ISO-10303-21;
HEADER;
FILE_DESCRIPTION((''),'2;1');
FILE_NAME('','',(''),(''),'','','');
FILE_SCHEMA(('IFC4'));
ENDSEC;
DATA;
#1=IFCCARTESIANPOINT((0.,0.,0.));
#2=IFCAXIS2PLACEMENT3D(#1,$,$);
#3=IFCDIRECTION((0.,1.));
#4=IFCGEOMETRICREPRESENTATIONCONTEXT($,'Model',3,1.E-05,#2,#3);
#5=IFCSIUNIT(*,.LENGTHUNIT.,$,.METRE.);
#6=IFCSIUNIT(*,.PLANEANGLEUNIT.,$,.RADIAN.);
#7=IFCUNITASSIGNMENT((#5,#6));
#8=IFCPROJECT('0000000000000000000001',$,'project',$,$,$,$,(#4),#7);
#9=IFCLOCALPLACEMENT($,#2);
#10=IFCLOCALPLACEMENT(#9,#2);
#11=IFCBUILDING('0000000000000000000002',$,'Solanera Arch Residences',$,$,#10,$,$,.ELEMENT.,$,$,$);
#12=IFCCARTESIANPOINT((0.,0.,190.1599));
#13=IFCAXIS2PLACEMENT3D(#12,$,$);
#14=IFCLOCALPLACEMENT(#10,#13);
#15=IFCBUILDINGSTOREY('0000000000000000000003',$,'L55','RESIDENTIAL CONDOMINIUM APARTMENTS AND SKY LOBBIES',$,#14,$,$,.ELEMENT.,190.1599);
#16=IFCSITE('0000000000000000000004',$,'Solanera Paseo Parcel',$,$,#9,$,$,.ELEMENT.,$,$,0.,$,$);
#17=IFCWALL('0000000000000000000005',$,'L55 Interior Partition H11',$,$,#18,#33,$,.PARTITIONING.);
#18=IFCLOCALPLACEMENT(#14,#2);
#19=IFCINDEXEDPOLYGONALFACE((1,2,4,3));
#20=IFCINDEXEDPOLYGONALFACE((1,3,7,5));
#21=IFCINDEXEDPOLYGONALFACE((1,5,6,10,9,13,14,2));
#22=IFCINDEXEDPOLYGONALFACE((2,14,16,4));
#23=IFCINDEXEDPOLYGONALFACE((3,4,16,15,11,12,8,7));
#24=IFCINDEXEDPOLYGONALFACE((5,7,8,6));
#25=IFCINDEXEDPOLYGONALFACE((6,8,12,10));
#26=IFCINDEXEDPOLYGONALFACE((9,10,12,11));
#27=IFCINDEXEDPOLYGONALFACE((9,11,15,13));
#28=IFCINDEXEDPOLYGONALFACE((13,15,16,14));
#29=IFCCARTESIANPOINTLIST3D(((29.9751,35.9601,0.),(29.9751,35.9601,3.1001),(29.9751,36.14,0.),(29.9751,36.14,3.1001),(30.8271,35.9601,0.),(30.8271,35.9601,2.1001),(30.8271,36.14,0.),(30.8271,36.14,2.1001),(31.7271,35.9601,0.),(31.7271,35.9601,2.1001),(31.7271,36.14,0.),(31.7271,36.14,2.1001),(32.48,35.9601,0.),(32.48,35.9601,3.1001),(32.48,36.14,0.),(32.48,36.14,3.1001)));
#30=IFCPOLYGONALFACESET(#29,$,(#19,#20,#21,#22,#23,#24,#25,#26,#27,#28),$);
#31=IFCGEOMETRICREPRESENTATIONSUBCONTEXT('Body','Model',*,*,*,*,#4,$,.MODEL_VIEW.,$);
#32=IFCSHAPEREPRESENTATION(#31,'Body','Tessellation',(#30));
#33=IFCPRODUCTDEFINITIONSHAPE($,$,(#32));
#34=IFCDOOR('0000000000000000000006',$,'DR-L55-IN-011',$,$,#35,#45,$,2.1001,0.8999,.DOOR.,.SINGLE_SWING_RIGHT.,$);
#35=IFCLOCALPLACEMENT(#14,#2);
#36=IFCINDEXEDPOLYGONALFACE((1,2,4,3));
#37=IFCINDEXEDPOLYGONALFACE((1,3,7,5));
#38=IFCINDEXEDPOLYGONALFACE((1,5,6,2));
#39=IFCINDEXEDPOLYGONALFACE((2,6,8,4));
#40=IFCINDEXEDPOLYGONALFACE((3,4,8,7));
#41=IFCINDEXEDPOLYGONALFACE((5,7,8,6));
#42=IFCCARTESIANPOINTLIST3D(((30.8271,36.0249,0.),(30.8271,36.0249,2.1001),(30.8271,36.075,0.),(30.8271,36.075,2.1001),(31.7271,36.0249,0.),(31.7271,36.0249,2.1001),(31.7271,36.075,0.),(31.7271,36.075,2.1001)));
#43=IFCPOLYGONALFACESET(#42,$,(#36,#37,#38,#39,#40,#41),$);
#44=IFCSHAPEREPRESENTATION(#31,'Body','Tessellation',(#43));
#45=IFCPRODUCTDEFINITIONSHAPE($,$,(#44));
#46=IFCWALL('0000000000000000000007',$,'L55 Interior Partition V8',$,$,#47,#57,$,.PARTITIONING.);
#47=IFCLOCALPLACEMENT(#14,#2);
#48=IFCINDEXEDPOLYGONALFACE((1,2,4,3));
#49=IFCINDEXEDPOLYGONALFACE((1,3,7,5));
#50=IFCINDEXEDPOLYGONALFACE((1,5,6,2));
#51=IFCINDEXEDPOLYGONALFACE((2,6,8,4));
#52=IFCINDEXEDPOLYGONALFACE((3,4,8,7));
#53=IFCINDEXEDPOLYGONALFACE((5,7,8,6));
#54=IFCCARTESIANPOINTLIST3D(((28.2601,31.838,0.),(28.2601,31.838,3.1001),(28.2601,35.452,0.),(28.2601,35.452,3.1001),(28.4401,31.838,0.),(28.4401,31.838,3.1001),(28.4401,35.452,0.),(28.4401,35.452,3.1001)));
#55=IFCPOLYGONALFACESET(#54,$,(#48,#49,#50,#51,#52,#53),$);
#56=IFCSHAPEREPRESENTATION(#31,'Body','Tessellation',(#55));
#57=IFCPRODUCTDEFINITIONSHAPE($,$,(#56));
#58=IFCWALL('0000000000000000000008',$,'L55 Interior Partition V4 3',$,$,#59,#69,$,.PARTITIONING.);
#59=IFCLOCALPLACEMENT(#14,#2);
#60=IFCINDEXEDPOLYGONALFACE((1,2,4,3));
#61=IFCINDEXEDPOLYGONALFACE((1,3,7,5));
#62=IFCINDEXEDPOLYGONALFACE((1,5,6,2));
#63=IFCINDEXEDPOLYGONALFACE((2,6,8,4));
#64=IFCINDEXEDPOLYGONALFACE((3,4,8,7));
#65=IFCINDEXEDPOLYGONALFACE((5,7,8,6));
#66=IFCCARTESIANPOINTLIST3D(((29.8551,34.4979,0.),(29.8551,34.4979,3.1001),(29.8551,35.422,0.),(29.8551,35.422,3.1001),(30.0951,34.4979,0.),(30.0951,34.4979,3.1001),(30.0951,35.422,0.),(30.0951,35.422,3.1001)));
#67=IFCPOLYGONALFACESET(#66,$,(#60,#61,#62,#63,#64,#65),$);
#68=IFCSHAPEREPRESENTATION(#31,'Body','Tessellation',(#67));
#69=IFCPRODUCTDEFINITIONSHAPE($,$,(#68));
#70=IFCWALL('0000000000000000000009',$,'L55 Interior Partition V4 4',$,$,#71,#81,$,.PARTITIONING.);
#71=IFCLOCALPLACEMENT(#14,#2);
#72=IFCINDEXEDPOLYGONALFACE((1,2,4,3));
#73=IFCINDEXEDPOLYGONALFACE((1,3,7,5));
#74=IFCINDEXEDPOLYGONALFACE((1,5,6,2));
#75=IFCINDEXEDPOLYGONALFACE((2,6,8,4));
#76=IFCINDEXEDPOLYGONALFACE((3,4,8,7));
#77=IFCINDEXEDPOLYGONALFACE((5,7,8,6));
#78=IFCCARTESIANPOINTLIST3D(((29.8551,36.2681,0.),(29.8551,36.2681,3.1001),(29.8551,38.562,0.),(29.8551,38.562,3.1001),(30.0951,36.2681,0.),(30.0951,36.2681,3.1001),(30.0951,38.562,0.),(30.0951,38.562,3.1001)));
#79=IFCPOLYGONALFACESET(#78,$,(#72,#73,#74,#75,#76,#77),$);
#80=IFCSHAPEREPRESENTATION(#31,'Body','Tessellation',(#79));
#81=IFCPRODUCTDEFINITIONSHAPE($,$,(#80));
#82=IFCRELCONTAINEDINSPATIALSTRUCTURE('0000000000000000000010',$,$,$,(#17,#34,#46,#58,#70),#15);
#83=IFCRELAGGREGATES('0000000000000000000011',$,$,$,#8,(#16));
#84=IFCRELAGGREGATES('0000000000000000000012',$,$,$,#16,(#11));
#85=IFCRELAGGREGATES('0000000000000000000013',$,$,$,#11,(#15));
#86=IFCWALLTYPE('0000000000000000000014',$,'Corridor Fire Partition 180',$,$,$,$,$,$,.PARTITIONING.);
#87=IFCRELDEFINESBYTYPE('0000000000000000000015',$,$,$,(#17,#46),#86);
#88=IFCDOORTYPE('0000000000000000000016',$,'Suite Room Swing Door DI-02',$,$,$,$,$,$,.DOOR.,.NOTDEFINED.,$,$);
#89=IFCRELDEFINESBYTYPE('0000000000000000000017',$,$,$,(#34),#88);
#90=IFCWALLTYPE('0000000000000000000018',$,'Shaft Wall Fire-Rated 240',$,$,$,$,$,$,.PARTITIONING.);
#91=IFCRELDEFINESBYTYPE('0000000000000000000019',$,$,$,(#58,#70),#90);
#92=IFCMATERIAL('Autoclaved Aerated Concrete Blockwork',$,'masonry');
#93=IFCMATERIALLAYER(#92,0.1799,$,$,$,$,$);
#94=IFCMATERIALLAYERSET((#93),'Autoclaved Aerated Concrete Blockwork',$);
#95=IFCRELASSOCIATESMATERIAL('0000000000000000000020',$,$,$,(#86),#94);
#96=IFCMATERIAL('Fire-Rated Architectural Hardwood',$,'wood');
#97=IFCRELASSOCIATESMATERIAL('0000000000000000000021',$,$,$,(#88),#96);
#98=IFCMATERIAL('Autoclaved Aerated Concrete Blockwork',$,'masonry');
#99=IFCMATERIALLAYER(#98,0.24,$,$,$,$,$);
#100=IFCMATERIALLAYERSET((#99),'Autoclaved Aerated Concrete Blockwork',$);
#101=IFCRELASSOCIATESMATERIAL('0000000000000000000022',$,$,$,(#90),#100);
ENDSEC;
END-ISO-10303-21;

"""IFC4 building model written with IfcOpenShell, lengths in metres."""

from ifc_helpers import new_model, si_unit, direction, frame, frame_2d, origin, place, context, subcontext, project, spatial, rectangle, extrude, material, layer, layer_set, type_object, element, fill, save


model = new_model("IFC4")

# Units and contexts
model_context = context("Model", 3, precision=1e-05, world=origin(), true_north=direction((0.0, 1.0)))
body_context = subcontext(model_context, "Body", "Model", "MODEL_VIEW")
ifc_project = project(units=[si_unit("LENGTHUNIT", "METRE"), si_unit("PLANEANGLEUNIT", "RADIAN")], contexts=[model_context])

# Site, building, storey
site_placement = place(None, origin())
site = spatial("IfcSite", under=ifc_project, at=site_placement, Name="Solanera Paseo Parcel", CompositionType="ELEMENT", RefElevation=0.0)
building_placement = place(site_placement, origin())
building = spatial("IfcBuilding", under=site, at=building_placement, Name="Solanera Arch Residences", CompositionType="ELEMENT")
storey_placement = place(building_placement, frame((0.0, 0.0, 190.1599)))
storey = spatial("IfcBuildingStorey", under=building, at=storey_placement, Name="L55", Description="RESIDENTIAL CONDOMINIUM APARTMENTS AND SKY LOBBIES", CompositionType="ELEMENT", Elevation=190.1599)

# Wall, opening, door
ifc_material_1 = material(Name="Autoclaved Aerated Concrete Blockwork", Category="masonry")
ifc_layer_1 = layer(ifc_material_1, 0.1799)
ifc_layer_set_1 = layer_set([ifc_layer_1], Name="Autoclaved Aerated Concrete Blockwork")
wall_type_1 = type_object("IfcWallType", Name="Corridor Fire Partition 180", PredefinedType="PARTITIONING", material=ifc_layer_set_1)
wall_1_placement = place(storey_placement, frame((29.9751, 36.05, 0.0), z_axis=(0.0, 0.0, 1.0), x_axis=(1.0, 0.0, 0.0)))
wall_1 = element("IfcWall", 1, at=wall_1_placement, inside=storey, type_object=wall_type_1, Name="L55 Interior Partition H11", PredefinedType="PARTITIONING", context=body_context, shape_type="SweptSolid", body=[
    extrude(rectangle(XDim=2.5049, YDim=0.1799, at=frame_2d((1.2524, 0.0))), origin(), (0.0, 0.0, 1.0), 3.1001),
])
opening_1_placement = place(wall_1_placement, frame((0.8521, 0.0, 0.0)))
opening_1 = element("IfcOpeningElement", 2, at=opening_1_placement, cuts=wall_1, PredefinedType="OPENING", context=body_context, shape_type="SweptSolid", body=[
    extrude(rectangle(XDim=0.8999, YDim=2.1001, at=frame_2d((0.45, 1.05))), frame((0.0, 0.1001, 0.0), z_axis=(0.0, -1.0, 0.0), x_axis=(1.0, 0.0, 0.0)), (0.0, 0.0, 1.0), 0.1999),
])
ifc_material_2 = material(Name="Fire-Rated Architectural Hardwood", Category="wood")
door_type_1 = type_object("IfcDoorType", Name="Suite Room Swing Door DI-02", OperationType="NOTDEFINED", PredefinedType="DOOR", material=ifc_material_2)
door_1_placement = place(opening_1_placement, origin())
door_1 = element("IfcDoor", 3, at=door_1_placement, inside=storey, type_object=door_type_1, Name="DR-L55-IN-011", OperationType="SINGLE_SWING_RIGHT", OverallHeight=2.1001, OverallWidth=0.8999, PredefinedType="DOOR", context=body_context, shape_type="SweptSolid", body=[
    extrude(rectangle(XDim=0.8999, YDim=2.1001, at=frame_2d((0.45, 1.05))), frame((0.0, 0.0249, 0.0), z_axis=(0.0, -1.0, 0.0), x_axis=(1.0, 0.0, 0.0)), (0.0, 0.0, 1.0), 0.05),
])
fill(opening_1, door_1)

# Wall
wall_2_placement = place(storey_placement, frame((28.3501, 31.8379, 0.0), z_axis=(0.0, 0.0, 1.0), x_axis=(0.0, 1.0, 0.0)))
element("IfcWall", 4, at=wall_2_placement, inside=storey, type_object=wall_type_1, Name="L55 Interior Partition V8", PredefinedType="PARTITIONING", context=body_context, shape_type="SweptSolid", body=[
    extrude(rectangle(XDim=3.614, YDim=0.1799, at=frame_2d((1.8071, 0.0))), origin(), (0.0, 0.0, 1.0), 3.1001),
])

# Shared definitions
ifc_material_3 = material(Name="Autoclaved Aerated Concrete Blockwork", Category="masonry")
ifc_layer_2 = layer(ifc_material_3, 0.24)
ifc_layer_set_2 = layer_set([ifc_layer_2], Name="Autoclaved Aerated Concrete Blockwork")
wall_type_2 = type_object("IfcWallType", Name="Shaft Wall Fire-Rated 240", PredefinedType="PARTITIONING", material=ifc_layer_set_2)

# Walls
wall_3_placement = place(storey_placement, frame((29.9751, 34.498, 0.0), z_axis=(0.0, 0.0, 1.0), x_axis=(0.0, 1.0, 0.0)))
element("IfcWall", 5, at=wall_3_placement, inside=storey, type_object=wall_type_2, Name="L55 Interior Partition V4 3", PredefinedType="PARTITIONING", context=body_context, shape_type="SweptSolid", body=[
    extrude(rectangle(XDim=0.9241, YDim=0.24, at=frame_2d((0.4619, 0.0))), origin(), (0.0, 0.0, 1.0), 3.1001),
])
wall_4_placement = place(storey_placement, frame((29.9751, 36.2681, 0.0), z_axis=(0.0, 0.0, 1.0), x_axis=(0.0, 1.0, 0.0)))
element("IfcWall", 6, at=wall_4_placement, inside=storey, type_object=wall_type_2, Name="L55 Interior Partition V4 4", PredefinedType="PARTITIONING", context=body_context, shape_type="SweptSolid", body=[
    extrude(rectangle(XDim=2.2939, YDim=0.24, at=frame_2d((1.147, 0.0))), origin(), (0.0, 0.0, 1.0), 3.1001),
])

save(model, "model.ifc")
